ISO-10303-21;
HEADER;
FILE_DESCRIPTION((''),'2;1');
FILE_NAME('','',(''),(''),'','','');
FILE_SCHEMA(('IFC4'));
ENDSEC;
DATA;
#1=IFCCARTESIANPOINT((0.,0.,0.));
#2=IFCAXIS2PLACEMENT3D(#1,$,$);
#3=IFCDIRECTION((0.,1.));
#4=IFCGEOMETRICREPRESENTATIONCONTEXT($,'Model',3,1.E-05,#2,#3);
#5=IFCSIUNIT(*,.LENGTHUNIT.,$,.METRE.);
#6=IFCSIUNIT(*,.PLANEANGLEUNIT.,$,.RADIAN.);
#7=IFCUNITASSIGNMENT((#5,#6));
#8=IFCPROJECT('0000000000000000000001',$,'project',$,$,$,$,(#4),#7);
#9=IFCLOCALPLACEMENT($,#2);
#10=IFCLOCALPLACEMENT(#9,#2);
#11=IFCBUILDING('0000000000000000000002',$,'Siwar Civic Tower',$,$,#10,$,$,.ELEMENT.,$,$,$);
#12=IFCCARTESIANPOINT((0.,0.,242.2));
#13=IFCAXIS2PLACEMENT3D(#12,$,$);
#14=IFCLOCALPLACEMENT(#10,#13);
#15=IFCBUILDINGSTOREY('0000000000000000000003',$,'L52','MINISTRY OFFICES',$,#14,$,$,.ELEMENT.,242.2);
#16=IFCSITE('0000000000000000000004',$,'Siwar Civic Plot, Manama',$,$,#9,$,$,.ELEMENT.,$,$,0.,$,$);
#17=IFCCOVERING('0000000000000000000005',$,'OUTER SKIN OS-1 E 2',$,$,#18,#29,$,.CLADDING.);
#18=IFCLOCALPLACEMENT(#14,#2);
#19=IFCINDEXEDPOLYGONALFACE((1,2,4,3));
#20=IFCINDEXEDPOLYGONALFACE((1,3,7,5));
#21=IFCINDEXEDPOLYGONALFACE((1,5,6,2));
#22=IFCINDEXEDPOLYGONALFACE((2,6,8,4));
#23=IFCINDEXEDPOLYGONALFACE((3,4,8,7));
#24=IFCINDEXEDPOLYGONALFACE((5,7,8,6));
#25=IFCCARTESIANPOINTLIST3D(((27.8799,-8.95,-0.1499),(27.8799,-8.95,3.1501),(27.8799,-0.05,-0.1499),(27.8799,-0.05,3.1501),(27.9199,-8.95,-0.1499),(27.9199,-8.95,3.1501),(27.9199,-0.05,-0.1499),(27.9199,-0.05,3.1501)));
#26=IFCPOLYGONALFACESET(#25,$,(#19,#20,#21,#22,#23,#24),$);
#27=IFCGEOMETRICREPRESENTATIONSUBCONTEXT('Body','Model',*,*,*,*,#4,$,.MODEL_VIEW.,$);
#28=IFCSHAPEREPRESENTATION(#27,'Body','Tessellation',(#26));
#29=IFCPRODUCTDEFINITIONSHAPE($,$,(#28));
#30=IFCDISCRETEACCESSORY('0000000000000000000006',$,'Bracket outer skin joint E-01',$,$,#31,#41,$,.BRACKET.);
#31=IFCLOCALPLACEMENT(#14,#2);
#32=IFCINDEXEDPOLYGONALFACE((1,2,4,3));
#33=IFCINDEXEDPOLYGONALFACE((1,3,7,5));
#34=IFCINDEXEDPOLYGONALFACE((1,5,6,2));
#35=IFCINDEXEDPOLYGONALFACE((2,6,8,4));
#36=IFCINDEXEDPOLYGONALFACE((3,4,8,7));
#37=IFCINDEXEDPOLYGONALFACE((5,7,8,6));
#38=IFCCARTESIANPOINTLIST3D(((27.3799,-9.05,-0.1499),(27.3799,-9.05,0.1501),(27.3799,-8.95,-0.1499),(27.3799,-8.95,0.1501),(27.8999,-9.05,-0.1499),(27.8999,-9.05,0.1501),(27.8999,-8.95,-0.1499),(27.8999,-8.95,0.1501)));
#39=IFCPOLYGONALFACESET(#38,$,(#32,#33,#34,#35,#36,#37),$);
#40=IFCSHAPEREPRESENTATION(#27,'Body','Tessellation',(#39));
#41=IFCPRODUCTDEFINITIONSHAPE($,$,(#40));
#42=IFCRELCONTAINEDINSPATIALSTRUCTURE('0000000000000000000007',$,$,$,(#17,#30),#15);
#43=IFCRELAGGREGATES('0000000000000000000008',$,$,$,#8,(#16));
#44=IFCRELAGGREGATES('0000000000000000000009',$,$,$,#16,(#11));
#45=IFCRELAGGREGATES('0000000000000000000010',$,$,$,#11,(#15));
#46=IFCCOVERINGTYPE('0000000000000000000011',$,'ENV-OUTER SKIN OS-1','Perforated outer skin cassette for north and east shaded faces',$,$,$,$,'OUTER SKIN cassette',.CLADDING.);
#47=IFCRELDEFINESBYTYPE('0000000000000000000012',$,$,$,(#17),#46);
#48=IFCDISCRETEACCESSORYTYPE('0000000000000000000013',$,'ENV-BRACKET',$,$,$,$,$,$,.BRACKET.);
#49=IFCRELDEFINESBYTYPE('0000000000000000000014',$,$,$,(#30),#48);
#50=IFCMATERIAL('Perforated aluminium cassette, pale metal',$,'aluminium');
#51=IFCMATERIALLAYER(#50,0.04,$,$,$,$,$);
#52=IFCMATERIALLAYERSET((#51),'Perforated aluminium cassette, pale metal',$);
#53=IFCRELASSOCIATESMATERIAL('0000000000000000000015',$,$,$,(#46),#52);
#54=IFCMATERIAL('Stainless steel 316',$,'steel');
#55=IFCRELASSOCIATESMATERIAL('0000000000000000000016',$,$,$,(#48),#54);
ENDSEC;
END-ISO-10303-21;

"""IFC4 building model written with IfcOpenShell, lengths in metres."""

from ifc_helpers import new_model, si_unit, direction, frame, origin, origin_2d, place, context, subcontext, project, spatial, rectangle, extrude, material, layer, layer_set, type_object, element, save


model = new_model("IFC4")

# Units and contexts
model_context = context("Model", 3, precision=1e-05, world=origin(), true_north=direction((0.0, 1.0)))
body_context = subcontext(model_context, "Body", "Model", "MODEL_VIEW")
ifc_project = project(units=[si_unit("LENGTHUNIT", "METRE"), si_unit("PLANEANGLEUNIT", "RADIAN")], contexts=[model_context])

# Site, building, storey
site_placement = place(None, origin())
site = spatial("IfcSite", under=ifc_project, at=site_placement, Name="Siwar Civic Plot, Manama", CompositionType="ELEMENT", RefElevation=0.0)
building_placement = place(site_placement, origin())
building = spatial("IfcBuilding", under=site, at=building_placement, Name="Siwar Civic Tower", CompositionType="ELEMENT")
storey_placement = place(building_placement, frame((0.0, 0.0, 242.2)))
storey = spatial("IfcBuildingStorey", under=building, at=storey_placement, Name="L52", Description="MINISTRY OFFICES", CompositionType="ELEMENT", Elevation=242.2)

# Covering
ifc_material_1 = material(Name="Perforated aluminium cassette, pale metal", Category="aluminium")
ifc_layer_1 = layer(ifc_material_1, 0.04)
ifc_layer_set_1 = layer_set([ifc_layer_1], Name="Perforated aluminium cassette, pale metal")
covering_type = type_object("IfcCoveringType", Name="ENV-OUTER SKIN OS-1", Description="Perforated outer skin cassette for north and east shaded faces", ElementType="OUTER SKIN cassette", PredefinedType="CLADDING", material=ifc_layer_set_1)
covering_1_placement = place(storey_placement, frame((27.8999, -4.5, -0.1499), z_axis=(0.0, 0.0, 1.0), x_axis=(0.0, 1.0, 0.0)))
element("IfcCovering", 1, at=covering_1_placement, inside=storey, type_object=covering_type, Name="OUTER SKIN OS-1 E 2", PredefinedType="CLADDING", context=body_context, shape_type="SweptSolid", body=[
    extrude(rectangle(XDim=8.8999, YDim=0.04, at=origin_2d()), origin(), (0.0, 0.0, 1.0), 3.3),
])

# Discrete accessory
ifc_material_2 = material(Name="Stainless steel 316", Category="steel")
discrete_accessory_type = type_object("IfcDiscreteAccessoryType", Name="ENV-BRACKET", PredefinedType="BRACKET", material=ifc_material_2)
discrete_accessory_placement = place(storey_placement, frame((27.6399, -9.0, -0.1499), z_axis=(0.0, 0.0, 1.0), x_axis=(1.0, 0.0, 0.0)))
element("IfcDiscreteAccessory", 2, at=discrete_accessory_placement, inside=storey, type_object=discrete_accessory_type, Name="Bracket outer skin joint E-01", PredefinedType="BRACKET", context=body_context, shape_type="SweptSolid", body=[
    extrude(rectangle(XDim=0.52, YDim=0.1001, at=origin_2d()), origin(), (0.0, 0.0, 1.0), 0.3),
])

save(model, "model.ifc")
